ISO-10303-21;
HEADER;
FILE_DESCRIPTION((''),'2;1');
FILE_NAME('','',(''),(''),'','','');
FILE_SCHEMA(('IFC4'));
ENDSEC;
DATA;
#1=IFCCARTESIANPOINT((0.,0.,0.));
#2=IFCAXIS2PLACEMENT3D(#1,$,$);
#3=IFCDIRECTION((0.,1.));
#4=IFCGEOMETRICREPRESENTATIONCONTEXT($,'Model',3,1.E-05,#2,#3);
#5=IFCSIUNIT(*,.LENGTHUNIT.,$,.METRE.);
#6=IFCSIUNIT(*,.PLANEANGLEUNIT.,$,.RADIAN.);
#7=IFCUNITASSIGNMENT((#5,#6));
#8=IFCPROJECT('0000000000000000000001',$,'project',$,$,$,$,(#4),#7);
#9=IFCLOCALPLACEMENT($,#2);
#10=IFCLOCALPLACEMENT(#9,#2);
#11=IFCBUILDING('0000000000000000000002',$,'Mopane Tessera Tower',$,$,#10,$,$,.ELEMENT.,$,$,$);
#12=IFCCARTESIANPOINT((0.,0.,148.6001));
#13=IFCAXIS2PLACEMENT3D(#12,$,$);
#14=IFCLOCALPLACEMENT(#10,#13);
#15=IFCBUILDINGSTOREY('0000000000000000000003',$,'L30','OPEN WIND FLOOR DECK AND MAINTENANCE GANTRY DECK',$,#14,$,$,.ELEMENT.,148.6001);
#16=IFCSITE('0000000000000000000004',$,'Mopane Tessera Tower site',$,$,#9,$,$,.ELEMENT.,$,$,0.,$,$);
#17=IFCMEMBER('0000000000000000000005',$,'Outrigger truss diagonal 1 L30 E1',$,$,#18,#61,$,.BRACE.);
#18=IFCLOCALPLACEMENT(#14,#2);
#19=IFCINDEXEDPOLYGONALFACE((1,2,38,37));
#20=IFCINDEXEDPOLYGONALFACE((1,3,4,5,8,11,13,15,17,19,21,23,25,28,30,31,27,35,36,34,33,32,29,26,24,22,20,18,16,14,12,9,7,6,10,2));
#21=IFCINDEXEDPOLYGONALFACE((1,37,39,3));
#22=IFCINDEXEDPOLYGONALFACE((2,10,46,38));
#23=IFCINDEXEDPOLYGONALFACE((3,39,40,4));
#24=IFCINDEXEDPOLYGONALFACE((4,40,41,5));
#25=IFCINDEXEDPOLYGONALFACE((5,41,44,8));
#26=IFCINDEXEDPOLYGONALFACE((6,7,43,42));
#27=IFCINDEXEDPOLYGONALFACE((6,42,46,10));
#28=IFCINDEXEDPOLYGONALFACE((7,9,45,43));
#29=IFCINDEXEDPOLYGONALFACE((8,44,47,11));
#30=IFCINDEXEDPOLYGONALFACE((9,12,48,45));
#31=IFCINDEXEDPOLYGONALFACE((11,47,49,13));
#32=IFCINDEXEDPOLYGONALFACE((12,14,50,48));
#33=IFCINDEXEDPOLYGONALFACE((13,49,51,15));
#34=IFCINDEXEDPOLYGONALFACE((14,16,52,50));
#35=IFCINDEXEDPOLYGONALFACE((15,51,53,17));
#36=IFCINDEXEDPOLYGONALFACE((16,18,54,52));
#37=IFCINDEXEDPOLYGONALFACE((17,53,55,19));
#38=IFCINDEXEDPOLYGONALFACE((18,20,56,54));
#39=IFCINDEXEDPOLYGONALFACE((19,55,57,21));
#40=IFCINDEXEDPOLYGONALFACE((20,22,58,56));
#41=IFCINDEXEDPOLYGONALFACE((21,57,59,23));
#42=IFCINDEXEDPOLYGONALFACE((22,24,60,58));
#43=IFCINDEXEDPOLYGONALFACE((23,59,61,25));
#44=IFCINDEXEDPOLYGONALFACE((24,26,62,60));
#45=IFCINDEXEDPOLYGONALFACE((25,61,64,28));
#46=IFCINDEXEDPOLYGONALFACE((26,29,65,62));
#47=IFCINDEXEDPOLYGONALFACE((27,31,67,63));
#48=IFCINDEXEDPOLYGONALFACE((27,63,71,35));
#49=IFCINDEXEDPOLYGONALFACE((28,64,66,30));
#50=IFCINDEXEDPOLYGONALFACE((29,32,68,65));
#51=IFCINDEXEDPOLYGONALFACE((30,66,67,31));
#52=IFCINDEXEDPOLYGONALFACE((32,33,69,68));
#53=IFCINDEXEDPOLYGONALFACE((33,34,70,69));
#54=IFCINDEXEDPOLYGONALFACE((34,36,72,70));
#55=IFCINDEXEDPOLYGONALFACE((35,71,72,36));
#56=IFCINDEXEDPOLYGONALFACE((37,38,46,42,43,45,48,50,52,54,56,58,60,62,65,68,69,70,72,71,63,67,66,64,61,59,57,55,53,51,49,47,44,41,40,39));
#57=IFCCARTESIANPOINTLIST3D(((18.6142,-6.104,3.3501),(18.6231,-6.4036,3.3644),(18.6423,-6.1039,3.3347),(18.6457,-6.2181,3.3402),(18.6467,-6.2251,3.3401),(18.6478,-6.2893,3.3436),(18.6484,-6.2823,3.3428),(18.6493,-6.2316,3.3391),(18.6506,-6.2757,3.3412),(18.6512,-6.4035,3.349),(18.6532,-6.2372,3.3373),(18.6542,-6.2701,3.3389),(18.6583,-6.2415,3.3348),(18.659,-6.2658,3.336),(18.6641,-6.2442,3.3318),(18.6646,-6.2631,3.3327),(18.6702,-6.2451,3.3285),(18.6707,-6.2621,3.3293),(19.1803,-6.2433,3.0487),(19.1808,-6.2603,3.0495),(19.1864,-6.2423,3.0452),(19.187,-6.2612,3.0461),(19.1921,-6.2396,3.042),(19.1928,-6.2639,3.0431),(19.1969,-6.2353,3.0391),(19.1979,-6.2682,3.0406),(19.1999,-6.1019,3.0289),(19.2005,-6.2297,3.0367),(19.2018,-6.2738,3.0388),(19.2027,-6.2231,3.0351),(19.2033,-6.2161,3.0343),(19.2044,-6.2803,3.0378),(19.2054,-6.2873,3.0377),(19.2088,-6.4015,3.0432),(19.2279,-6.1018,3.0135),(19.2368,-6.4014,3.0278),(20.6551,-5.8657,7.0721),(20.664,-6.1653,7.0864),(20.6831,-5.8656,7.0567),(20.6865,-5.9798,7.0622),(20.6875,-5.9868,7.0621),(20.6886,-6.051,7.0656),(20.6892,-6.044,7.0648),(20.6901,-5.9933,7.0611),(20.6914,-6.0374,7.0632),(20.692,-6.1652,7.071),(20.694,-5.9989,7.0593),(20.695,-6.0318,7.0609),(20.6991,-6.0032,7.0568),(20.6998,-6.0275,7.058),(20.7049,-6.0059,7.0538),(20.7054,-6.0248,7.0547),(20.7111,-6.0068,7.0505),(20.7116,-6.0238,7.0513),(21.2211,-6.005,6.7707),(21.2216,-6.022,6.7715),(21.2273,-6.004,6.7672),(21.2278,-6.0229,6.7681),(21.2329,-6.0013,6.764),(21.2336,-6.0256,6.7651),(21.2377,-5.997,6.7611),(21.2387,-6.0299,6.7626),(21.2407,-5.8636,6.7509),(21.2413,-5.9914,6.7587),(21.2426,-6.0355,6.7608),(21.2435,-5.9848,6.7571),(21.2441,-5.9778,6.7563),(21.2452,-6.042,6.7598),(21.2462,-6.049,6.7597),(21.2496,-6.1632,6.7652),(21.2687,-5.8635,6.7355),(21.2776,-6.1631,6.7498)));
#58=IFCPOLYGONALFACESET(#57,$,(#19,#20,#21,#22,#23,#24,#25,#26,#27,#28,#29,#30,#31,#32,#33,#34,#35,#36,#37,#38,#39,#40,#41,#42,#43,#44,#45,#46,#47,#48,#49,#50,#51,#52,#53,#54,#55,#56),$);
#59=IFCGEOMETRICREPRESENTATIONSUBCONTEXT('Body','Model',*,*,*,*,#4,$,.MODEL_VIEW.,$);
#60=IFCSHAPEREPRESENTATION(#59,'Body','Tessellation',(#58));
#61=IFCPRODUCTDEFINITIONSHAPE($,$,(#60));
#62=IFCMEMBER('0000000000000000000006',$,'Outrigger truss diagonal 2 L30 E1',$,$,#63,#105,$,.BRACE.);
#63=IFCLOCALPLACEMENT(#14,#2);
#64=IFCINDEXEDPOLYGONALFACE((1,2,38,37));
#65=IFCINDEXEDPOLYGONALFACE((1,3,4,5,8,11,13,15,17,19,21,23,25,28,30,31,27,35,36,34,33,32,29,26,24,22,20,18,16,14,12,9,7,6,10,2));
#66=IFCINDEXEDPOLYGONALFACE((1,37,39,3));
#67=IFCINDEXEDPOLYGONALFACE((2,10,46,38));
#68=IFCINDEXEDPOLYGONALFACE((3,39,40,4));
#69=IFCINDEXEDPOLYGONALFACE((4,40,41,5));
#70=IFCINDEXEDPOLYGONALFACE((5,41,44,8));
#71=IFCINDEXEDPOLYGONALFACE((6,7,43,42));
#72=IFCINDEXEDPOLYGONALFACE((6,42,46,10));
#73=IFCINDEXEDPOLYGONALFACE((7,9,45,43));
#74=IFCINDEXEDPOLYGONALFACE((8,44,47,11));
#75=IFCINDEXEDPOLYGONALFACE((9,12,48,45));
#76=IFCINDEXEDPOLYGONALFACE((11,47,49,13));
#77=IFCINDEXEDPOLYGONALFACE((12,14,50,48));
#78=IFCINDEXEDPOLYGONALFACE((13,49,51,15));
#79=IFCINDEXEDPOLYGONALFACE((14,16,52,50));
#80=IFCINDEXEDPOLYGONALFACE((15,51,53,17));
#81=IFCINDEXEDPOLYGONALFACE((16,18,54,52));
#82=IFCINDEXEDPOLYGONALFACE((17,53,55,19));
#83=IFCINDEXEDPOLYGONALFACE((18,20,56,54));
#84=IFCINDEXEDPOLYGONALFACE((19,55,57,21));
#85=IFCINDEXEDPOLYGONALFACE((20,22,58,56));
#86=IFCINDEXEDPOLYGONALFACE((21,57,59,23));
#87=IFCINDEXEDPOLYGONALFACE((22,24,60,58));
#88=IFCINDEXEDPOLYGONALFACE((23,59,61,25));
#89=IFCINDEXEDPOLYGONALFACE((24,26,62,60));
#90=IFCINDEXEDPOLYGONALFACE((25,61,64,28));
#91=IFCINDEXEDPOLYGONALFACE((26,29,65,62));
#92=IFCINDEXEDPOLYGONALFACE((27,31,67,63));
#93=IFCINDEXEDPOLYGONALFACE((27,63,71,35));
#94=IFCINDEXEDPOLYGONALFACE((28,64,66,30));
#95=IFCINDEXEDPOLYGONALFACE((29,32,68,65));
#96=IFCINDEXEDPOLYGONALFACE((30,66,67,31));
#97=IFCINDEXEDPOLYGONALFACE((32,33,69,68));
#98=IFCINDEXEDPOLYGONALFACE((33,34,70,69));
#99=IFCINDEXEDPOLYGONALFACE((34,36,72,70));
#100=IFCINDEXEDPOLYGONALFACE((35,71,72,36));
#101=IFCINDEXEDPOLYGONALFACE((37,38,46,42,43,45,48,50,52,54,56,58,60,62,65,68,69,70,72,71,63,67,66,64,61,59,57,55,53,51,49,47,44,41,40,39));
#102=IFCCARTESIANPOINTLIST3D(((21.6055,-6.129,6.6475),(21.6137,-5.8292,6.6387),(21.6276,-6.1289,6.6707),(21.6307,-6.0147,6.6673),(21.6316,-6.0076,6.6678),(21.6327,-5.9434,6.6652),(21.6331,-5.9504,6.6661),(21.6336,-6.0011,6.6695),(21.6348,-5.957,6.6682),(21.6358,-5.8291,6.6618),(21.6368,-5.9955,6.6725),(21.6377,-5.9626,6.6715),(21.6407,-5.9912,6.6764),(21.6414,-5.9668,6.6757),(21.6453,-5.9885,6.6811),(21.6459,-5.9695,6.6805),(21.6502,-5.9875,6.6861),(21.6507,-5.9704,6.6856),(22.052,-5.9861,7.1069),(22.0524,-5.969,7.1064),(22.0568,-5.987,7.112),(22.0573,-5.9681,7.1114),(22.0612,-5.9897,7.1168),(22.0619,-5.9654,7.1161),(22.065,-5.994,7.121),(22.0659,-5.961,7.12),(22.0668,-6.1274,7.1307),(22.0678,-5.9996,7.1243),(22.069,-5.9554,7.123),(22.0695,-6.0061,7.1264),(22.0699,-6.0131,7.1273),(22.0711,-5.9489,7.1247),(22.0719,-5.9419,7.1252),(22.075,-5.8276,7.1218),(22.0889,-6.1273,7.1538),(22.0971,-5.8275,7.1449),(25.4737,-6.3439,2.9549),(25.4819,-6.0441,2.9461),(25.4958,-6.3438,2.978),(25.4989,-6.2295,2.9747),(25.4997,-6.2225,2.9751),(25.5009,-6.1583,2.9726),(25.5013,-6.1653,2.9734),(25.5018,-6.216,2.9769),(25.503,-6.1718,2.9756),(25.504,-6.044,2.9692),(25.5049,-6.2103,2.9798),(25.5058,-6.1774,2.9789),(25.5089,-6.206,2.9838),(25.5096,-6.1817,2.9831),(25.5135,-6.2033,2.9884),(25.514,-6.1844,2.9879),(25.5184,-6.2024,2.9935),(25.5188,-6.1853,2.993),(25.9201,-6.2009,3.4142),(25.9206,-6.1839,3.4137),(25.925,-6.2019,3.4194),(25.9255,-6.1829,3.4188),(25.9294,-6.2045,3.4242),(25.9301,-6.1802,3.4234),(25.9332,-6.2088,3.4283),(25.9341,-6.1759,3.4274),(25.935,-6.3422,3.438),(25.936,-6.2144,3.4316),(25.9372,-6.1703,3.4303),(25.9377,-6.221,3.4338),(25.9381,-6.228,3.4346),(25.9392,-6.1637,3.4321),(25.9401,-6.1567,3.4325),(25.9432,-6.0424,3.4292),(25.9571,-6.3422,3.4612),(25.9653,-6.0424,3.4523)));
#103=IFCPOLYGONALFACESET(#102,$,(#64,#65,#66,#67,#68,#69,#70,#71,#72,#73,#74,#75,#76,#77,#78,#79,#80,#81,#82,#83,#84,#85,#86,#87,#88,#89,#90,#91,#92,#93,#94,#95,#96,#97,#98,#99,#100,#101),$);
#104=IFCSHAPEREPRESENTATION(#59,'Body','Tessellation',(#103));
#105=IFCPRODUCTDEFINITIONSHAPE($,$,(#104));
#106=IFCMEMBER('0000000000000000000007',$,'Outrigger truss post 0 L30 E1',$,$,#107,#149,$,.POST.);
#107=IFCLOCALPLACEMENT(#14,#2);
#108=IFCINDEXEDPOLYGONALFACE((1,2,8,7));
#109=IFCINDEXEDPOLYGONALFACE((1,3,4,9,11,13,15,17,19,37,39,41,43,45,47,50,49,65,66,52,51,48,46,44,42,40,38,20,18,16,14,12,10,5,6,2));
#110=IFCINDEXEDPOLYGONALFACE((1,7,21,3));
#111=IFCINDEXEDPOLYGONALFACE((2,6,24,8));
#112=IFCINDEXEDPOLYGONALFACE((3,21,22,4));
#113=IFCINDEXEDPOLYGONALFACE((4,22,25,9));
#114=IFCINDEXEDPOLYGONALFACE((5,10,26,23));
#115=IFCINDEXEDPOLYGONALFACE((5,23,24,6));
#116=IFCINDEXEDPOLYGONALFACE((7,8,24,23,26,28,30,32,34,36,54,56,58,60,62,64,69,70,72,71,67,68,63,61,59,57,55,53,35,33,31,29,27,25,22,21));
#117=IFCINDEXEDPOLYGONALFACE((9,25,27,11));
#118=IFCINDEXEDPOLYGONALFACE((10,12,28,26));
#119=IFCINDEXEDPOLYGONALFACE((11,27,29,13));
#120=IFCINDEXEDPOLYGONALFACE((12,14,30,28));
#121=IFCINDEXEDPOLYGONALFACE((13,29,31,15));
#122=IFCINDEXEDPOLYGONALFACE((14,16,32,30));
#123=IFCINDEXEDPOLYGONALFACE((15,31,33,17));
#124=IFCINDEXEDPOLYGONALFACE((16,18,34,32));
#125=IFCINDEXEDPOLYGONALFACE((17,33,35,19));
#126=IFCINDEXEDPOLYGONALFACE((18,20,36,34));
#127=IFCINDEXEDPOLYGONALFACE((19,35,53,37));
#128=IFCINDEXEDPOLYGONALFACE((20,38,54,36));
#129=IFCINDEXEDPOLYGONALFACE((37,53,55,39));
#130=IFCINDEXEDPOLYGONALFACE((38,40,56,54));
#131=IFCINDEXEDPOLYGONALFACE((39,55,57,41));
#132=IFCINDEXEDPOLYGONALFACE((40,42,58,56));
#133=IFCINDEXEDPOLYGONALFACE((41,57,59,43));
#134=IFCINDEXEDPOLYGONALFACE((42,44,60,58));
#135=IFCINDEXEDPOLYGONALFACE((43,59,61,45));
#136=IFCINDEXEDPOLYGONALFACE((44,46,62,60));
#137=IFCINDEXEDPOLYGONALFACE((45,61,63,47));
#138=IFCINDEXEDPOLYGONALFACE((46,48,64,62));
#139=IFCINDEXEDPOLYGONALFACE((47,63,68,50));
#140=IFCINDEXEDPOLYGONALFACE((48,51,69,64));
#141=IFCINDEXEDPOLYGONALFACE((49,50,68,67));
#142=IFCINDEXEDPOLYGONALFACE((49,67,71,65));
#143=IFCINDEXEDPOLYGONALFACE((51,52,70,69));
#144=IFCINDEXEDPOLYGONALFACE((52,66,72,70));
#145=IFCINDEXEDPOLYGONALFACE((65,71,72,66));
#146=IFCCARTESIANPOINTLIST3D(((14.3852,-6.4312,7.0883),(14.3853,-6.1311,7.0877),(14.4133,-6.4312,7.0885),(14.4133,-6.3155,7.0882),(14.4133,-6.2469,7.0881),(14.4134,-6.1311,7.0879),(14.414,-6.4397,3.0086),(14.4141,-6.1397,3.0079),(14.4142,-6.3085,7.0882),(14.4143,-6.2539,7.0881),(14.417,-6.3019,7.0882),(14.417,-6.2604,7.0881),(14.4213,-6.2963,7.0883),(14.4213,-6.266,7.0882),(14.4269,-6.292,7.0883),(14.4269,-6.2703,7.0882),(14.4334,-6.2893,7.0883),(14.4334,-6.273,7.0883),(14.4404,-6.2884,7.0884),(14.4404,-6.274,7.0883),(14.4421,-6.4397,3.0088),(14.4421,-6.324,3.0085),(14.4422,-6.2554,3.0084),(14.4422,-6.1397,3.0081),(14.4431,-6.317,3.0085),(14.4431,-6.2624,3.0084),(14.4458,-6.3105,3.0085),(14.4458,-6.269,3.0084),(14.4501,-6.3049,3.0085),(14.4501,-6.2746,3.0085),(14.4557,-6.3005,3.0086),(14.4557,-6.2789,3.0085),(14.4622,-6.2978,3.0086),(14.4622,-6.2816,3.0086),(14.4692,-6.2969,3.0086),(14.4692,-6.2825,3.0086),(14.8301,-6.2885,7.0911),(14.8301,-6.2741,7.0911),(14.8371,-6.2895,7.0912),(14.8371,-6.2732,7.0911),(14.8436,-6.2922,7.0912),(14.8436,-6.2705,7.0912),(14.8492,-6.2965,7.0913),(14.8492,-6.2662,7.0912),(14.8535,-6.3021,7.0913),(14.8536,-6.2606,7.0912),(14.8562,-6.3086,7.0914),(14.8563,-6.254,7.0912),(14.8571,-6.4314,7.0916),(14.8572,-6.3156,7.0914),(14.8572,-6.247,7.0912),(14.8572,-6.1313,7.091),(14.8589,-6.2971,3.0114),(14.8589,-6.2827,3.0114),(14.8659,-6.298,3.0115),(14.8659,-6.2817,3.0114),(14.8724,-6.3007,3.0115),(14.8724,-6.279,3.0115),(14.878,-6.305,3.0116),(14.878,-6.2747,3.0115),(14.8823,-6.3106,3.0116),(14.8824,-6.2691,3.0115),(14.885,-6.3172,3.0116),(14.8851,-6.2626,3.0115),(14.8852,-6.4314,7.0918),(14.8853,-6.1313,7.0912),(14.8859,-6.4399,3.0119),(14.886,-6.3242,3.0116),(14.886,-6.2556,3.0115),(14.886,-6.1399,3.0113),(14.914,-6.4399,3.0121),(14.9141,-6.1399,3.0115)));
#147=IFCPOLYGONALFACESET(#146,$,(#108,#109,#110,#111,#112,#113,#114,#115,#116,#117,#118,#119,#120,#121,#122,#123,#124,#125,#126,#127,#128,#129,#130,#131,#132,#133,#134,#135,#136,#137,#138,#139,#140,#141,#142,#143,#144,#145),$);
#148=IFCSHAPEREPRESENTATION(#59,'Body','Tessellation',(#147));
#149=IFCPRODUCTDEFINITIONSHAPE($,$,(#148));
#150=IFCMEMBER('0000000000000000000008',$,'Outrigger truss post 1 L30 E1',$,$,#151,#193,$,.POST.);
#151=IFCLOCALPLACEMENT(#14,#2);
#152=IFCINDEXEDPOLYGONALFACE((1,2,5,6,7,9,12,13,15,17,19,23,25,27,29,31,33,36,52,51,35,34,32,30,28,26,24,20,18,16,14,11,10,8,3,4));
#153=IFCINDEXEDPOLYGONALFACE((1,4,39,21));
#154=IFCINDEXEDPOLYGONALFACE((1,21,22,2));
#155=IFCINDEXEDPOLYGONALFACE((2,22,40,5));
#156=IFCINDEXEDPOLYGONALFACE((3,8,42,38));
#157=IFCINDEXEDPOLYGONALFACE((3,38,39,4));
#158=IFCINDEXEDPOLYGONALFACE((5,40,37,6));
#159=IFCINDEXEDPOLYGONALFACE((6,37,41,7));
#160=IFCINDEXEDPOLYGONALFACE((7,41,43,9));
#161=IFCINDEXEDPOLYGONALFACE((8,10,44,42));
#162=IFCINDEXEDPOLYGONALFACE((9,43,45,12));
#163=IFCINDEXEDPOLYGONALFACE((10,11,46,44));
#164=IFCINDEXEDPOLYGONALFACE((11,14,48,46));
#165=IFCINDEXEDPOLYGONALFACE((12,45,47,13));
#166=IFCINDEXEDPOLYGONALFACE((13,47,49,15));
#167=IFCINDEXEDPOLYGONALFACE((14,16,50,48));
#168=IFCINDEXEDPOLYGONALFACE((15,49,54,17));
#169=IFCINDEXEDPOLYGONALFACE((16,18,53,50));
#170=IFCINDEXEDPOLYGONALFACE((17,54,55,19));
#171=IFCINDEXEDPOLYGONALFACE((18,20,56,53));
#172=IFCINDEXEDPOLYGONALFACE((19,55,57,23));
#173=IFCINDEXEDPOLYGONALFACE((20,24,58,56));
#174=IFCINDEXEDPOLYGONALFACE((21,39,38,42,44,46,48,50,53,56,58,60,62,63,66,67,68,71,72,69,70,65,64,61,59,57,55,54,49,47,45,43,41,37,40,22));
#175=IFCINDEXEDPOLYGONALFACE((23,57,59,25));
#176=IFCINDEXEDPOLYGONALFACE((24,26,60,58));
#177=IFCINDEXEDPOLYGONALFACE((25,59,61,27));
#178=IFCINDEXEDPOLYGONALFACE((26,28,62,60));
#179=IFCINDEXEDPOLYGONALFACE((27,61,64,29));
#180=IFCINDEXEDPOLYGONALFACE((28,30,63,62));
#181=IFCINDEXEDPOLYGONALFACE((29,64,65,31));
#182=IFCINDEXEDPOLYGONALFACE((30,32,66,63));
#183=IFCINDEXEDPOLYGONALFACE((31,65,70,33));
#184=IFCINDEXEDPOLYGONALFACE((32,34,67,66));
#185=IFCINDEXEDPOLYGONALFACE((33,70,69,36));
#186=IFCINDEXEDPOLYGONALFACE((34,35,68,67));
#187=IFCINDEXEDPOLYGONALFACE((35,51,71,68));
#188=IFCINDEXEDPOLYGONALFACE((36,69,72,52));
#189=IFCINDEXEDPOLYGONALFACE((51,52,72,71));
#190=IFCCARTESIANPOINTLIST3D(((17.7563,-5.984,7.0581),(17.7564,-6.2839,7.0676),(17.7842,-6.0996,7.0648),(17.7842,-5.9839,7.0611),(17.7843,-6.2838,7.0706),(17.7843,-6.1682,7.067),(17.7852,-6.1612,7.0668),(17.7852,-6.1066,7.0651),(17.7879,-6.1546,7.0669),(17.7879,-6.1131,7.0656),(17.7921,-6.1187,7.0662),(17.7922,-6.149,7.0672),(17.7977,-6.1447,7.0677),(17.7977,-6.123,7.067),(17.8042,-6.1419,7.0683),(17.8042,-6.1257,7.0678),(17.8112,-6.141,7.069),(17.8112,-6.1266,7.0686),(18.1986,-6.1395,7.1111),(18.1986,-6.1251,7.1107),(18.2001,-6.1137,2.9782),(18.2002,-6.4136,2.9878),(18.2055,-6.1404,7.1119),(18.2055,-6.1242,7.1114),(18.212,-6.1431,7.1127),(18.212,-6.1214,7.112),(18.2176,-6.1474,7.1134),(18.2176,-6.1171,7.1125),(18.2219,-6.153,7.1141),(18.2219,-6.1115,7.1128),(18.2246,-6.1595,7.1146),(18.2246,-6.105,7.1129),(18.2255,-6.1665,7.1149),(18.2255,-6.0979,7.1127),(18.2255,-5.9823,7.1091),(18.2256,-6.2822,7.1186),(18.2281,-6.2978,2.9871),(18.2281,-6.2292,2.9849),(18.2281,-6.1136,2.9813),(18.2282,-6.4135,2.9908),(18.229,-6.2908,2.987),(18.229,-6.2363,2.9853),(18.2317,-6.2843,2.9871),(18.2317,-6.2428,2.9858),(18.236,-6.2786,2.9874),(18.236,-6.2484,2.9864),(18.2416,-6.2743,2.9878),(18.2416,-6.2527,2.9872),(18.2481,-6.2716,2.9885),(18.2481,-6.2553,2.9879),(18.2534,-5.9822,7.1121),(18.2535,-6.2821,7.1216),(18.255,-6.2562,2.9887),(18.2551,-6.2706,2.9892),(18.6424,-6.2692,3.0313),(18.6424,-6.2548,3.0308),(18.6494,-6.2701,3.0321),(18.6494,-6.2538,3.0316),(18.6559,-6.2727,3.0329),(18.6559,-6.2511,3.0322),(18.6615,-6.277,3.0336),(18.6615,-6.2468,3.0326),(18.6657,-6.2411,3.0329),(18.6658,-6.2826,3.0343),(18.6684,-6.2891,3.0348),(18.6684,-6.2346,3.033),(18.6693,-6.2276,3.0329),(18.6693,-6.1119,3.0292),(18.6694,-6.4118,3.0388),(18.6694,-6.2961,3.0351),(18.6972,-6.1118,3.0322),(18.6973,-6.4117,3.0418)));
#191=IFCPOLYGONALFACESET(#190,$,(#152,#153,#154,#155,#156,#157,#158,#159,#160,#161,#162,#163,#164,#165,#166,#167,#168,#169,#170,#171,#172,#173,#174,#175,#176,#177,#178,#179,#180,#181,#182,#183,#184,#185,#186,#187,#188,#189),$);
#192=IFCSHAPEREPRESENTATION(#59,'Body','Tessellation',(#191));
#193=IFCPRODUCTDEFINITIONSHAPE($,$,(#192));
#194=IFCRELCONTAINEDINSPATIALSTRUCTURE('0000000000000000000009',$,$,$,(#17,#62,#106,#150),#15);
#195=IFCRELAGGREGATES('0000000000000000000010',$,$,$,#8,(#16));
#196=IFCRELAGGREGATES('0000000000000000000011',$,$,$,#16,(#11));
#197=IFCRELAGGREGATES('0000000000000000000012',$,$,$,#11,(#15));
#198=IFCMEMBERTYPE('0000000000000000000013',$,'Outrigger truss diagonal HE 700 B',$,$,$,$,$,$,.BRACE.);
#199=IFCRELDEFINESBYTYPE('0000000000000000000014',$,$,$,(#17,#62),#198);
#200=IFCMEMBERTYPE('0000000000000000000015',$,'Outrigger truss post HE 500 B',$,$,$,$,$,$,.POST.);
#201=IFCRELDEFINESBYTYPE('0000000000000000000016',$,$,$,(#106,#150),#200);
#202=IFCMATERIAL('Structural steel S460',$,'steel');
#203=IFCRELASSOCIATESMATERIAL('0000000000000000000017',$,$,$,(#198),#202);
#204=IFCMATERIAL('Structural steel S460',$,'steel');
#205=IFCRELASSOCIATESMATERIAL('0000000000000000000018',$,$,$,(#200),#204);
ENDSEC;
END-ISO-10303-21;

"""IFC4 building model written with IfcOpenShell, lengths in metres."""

from ifc_helpers import new_model, si_unit, direction, frame, origin, origin_2d, place, context, subcontext, project, spatial, i_section, extrude, material, material_profile, profile_set, type_object, element, save


model = new_model("IFC4")

# Units and contexts
model_context = context("Model", 3, precision=1e-05, world=origin(), true_north=direction((0.0, 1.0)))
body_context = subcontext(model_context, "Body", "Model", "MODEL_VIEW")
ifc_project = project(units=[si_unit("LENGTHUNIT", "METRE"), si_unit("PLANEANGLEUNIT", "RADIAN")], contexts=[model_context])

# Site, building, storey
site_placement = place(None, origin())
site = spatial("IfcSite", under=ifc_project, at=site_placement, Name="Mopane Tessera Tower site", CompositionType="ELEMENT", RefElevation=0.0)
building_placement = place(site_placement, origin())
building = spatial("IfcBuilding", under=site, at=building_placement, Name="Mopane Tessera Tower", CompositionType="ELEMENT")
storey_placement = place(building_placement, frame((0.0, 0.0, 148.6001)))
storey = spatial("IfcBuildingStorey", under=building, at=storey_placement, Name="L30", Description="OPEN WIND FLOOR DECK AND MAINTENANCE GANTRY DECK", CompositionType="ELEMENT", Elevation=148.6001)

# Members
ifc_material_1 = material(Name="Structural steel S460", Category="steel")
ifc_material_profile_1 = material_profile(ifc_material_1, i_section(OverallWidth=0.3, OverallDepth=0.7, WebThickness=0.0171, FlangeThickness=0.032, FilletRadius=0.0271, at=origin_2d()))
ifc_profile_set_1 = profile_set([ifc_material_profile_1], Name="Structural steel S460")
member_type_1 = type_object("IfcMemberType", Name="Outrigger truss diagonal HE 700 B", PredefinedType="BRACE", material=ifc_profile_set_1)
member_1_placement = place(storey_placement, frame((18.9255, -6.2527, 3.189), z_axis=(0.480026, 0.056048, 0.875462), x_axis=(-0.029661, 0.998423, -0.047656)))
element("IfcMember", 1, at=member_1_placement, inside=storey, type_object=member_type_1, Name="Outrigger truss diagonal 1 L30 E1", PredefinedType="BRACE", context=body_context, shape_type="SweptSolid", body=[
    extrude(i_section(OverallWidth=0.3, OverallDepth=0.7, WebThickness=0.0171, FlangeThickness=0.032, FilletRadius=0.0271, at=origin_2d()), origin(), (0.0, 0.0, 1.0), 4.2515),
])
member_2_placement = place(storey_placement, frame((21.8513, -5.9783, 6.8962), z_axis=(0.722746, -0.040142, -0.689947), x_axis=(0.027358, 0.999191, -0.029477)))
element("IfcMember", 2, at=member_2_placement, inside=storey, type_object=member_type_1, Name="Outrigger truss diagonal 2 L30 E1", PredefinedType="BRACE", context=body_context, shape_type="SweptSolid", body=[
    extrude(i_section(OverallWidth=0.3, OverallDepth=0.7, WebThickness=0.0171, FlangeThickness=0.032, FilletRadius=0.0271, at=origin_2d()), origin(), (0.0, 0.0, 1.0), 5.3521),
])
ifc_material_2 = material(Name="Structural steel S460", Category="steel")
ifc_material_profile_2 = material_profile(ifc_material_2, i_section(OverallWidth=0.3, OverallDepth=0.5, WebThickness=0.0144, FlangeThickness=0.0281, FilletRadius=0.0271, at=origin_2d()))
ifc_profile_set_2 = profile_set([ifc_material_profile_2], Name="Structural steel S460")
member_type_2 = type_object("IfcMemberType", Name="Outrigger truss post HE 500 B", PredefinedType="POST", material=ifc_profile_set_2)
member_3_placement = place(storey_placement, frame((14.6641, -6.2898, 3.01), z_axis=(-0.007061, 0.002094, 0.999973), x_axis=(0.000396, 0.999998, -0.002092)))
element("IfcMember", 3, at=member_3_placement, inside=storey, type_object=member_type_2, Name="Outrigger truss post 0 L30 E1", PredefinedType="POST", context=body_context, shape_type="SweptSolid", body=[
    extrude(i_section(OverallWidth=0.3, OverallDepth=0.5, WebThickness=0.0144, FlangeThickness=0.0281, FilletRadius=0.0271, at=origin_2d()), origin(), (0.0, 0.0, 1.0), 4.0798),
])
member_4_placement = place(storey_placement, frame((18.4487, -6.2627, 3.01), z_axis=(-0.108099, 0.031573, 0.993639), x_axis=(-0.000332, 0.999494, -0.031795)))
element("IfcMember", 4, at=member_4_placement, inside=storey, type_object=member_type_2, Name="Outrigger truss post 1 L30 E1", PredefinedType="POST", context=body_context, shape_type="SweptSolid", body=[
    extrude(i_section(OverallWidth=0.3, OverallDepth=0.5, WebThickness=0.0144, FlangeThickness=0.0281, FilletRadius=0.0271, at=origin_2d()), origin(), (0.0, 0.0, 1.0), 4.106),
])

save(model, "model.ifc")
